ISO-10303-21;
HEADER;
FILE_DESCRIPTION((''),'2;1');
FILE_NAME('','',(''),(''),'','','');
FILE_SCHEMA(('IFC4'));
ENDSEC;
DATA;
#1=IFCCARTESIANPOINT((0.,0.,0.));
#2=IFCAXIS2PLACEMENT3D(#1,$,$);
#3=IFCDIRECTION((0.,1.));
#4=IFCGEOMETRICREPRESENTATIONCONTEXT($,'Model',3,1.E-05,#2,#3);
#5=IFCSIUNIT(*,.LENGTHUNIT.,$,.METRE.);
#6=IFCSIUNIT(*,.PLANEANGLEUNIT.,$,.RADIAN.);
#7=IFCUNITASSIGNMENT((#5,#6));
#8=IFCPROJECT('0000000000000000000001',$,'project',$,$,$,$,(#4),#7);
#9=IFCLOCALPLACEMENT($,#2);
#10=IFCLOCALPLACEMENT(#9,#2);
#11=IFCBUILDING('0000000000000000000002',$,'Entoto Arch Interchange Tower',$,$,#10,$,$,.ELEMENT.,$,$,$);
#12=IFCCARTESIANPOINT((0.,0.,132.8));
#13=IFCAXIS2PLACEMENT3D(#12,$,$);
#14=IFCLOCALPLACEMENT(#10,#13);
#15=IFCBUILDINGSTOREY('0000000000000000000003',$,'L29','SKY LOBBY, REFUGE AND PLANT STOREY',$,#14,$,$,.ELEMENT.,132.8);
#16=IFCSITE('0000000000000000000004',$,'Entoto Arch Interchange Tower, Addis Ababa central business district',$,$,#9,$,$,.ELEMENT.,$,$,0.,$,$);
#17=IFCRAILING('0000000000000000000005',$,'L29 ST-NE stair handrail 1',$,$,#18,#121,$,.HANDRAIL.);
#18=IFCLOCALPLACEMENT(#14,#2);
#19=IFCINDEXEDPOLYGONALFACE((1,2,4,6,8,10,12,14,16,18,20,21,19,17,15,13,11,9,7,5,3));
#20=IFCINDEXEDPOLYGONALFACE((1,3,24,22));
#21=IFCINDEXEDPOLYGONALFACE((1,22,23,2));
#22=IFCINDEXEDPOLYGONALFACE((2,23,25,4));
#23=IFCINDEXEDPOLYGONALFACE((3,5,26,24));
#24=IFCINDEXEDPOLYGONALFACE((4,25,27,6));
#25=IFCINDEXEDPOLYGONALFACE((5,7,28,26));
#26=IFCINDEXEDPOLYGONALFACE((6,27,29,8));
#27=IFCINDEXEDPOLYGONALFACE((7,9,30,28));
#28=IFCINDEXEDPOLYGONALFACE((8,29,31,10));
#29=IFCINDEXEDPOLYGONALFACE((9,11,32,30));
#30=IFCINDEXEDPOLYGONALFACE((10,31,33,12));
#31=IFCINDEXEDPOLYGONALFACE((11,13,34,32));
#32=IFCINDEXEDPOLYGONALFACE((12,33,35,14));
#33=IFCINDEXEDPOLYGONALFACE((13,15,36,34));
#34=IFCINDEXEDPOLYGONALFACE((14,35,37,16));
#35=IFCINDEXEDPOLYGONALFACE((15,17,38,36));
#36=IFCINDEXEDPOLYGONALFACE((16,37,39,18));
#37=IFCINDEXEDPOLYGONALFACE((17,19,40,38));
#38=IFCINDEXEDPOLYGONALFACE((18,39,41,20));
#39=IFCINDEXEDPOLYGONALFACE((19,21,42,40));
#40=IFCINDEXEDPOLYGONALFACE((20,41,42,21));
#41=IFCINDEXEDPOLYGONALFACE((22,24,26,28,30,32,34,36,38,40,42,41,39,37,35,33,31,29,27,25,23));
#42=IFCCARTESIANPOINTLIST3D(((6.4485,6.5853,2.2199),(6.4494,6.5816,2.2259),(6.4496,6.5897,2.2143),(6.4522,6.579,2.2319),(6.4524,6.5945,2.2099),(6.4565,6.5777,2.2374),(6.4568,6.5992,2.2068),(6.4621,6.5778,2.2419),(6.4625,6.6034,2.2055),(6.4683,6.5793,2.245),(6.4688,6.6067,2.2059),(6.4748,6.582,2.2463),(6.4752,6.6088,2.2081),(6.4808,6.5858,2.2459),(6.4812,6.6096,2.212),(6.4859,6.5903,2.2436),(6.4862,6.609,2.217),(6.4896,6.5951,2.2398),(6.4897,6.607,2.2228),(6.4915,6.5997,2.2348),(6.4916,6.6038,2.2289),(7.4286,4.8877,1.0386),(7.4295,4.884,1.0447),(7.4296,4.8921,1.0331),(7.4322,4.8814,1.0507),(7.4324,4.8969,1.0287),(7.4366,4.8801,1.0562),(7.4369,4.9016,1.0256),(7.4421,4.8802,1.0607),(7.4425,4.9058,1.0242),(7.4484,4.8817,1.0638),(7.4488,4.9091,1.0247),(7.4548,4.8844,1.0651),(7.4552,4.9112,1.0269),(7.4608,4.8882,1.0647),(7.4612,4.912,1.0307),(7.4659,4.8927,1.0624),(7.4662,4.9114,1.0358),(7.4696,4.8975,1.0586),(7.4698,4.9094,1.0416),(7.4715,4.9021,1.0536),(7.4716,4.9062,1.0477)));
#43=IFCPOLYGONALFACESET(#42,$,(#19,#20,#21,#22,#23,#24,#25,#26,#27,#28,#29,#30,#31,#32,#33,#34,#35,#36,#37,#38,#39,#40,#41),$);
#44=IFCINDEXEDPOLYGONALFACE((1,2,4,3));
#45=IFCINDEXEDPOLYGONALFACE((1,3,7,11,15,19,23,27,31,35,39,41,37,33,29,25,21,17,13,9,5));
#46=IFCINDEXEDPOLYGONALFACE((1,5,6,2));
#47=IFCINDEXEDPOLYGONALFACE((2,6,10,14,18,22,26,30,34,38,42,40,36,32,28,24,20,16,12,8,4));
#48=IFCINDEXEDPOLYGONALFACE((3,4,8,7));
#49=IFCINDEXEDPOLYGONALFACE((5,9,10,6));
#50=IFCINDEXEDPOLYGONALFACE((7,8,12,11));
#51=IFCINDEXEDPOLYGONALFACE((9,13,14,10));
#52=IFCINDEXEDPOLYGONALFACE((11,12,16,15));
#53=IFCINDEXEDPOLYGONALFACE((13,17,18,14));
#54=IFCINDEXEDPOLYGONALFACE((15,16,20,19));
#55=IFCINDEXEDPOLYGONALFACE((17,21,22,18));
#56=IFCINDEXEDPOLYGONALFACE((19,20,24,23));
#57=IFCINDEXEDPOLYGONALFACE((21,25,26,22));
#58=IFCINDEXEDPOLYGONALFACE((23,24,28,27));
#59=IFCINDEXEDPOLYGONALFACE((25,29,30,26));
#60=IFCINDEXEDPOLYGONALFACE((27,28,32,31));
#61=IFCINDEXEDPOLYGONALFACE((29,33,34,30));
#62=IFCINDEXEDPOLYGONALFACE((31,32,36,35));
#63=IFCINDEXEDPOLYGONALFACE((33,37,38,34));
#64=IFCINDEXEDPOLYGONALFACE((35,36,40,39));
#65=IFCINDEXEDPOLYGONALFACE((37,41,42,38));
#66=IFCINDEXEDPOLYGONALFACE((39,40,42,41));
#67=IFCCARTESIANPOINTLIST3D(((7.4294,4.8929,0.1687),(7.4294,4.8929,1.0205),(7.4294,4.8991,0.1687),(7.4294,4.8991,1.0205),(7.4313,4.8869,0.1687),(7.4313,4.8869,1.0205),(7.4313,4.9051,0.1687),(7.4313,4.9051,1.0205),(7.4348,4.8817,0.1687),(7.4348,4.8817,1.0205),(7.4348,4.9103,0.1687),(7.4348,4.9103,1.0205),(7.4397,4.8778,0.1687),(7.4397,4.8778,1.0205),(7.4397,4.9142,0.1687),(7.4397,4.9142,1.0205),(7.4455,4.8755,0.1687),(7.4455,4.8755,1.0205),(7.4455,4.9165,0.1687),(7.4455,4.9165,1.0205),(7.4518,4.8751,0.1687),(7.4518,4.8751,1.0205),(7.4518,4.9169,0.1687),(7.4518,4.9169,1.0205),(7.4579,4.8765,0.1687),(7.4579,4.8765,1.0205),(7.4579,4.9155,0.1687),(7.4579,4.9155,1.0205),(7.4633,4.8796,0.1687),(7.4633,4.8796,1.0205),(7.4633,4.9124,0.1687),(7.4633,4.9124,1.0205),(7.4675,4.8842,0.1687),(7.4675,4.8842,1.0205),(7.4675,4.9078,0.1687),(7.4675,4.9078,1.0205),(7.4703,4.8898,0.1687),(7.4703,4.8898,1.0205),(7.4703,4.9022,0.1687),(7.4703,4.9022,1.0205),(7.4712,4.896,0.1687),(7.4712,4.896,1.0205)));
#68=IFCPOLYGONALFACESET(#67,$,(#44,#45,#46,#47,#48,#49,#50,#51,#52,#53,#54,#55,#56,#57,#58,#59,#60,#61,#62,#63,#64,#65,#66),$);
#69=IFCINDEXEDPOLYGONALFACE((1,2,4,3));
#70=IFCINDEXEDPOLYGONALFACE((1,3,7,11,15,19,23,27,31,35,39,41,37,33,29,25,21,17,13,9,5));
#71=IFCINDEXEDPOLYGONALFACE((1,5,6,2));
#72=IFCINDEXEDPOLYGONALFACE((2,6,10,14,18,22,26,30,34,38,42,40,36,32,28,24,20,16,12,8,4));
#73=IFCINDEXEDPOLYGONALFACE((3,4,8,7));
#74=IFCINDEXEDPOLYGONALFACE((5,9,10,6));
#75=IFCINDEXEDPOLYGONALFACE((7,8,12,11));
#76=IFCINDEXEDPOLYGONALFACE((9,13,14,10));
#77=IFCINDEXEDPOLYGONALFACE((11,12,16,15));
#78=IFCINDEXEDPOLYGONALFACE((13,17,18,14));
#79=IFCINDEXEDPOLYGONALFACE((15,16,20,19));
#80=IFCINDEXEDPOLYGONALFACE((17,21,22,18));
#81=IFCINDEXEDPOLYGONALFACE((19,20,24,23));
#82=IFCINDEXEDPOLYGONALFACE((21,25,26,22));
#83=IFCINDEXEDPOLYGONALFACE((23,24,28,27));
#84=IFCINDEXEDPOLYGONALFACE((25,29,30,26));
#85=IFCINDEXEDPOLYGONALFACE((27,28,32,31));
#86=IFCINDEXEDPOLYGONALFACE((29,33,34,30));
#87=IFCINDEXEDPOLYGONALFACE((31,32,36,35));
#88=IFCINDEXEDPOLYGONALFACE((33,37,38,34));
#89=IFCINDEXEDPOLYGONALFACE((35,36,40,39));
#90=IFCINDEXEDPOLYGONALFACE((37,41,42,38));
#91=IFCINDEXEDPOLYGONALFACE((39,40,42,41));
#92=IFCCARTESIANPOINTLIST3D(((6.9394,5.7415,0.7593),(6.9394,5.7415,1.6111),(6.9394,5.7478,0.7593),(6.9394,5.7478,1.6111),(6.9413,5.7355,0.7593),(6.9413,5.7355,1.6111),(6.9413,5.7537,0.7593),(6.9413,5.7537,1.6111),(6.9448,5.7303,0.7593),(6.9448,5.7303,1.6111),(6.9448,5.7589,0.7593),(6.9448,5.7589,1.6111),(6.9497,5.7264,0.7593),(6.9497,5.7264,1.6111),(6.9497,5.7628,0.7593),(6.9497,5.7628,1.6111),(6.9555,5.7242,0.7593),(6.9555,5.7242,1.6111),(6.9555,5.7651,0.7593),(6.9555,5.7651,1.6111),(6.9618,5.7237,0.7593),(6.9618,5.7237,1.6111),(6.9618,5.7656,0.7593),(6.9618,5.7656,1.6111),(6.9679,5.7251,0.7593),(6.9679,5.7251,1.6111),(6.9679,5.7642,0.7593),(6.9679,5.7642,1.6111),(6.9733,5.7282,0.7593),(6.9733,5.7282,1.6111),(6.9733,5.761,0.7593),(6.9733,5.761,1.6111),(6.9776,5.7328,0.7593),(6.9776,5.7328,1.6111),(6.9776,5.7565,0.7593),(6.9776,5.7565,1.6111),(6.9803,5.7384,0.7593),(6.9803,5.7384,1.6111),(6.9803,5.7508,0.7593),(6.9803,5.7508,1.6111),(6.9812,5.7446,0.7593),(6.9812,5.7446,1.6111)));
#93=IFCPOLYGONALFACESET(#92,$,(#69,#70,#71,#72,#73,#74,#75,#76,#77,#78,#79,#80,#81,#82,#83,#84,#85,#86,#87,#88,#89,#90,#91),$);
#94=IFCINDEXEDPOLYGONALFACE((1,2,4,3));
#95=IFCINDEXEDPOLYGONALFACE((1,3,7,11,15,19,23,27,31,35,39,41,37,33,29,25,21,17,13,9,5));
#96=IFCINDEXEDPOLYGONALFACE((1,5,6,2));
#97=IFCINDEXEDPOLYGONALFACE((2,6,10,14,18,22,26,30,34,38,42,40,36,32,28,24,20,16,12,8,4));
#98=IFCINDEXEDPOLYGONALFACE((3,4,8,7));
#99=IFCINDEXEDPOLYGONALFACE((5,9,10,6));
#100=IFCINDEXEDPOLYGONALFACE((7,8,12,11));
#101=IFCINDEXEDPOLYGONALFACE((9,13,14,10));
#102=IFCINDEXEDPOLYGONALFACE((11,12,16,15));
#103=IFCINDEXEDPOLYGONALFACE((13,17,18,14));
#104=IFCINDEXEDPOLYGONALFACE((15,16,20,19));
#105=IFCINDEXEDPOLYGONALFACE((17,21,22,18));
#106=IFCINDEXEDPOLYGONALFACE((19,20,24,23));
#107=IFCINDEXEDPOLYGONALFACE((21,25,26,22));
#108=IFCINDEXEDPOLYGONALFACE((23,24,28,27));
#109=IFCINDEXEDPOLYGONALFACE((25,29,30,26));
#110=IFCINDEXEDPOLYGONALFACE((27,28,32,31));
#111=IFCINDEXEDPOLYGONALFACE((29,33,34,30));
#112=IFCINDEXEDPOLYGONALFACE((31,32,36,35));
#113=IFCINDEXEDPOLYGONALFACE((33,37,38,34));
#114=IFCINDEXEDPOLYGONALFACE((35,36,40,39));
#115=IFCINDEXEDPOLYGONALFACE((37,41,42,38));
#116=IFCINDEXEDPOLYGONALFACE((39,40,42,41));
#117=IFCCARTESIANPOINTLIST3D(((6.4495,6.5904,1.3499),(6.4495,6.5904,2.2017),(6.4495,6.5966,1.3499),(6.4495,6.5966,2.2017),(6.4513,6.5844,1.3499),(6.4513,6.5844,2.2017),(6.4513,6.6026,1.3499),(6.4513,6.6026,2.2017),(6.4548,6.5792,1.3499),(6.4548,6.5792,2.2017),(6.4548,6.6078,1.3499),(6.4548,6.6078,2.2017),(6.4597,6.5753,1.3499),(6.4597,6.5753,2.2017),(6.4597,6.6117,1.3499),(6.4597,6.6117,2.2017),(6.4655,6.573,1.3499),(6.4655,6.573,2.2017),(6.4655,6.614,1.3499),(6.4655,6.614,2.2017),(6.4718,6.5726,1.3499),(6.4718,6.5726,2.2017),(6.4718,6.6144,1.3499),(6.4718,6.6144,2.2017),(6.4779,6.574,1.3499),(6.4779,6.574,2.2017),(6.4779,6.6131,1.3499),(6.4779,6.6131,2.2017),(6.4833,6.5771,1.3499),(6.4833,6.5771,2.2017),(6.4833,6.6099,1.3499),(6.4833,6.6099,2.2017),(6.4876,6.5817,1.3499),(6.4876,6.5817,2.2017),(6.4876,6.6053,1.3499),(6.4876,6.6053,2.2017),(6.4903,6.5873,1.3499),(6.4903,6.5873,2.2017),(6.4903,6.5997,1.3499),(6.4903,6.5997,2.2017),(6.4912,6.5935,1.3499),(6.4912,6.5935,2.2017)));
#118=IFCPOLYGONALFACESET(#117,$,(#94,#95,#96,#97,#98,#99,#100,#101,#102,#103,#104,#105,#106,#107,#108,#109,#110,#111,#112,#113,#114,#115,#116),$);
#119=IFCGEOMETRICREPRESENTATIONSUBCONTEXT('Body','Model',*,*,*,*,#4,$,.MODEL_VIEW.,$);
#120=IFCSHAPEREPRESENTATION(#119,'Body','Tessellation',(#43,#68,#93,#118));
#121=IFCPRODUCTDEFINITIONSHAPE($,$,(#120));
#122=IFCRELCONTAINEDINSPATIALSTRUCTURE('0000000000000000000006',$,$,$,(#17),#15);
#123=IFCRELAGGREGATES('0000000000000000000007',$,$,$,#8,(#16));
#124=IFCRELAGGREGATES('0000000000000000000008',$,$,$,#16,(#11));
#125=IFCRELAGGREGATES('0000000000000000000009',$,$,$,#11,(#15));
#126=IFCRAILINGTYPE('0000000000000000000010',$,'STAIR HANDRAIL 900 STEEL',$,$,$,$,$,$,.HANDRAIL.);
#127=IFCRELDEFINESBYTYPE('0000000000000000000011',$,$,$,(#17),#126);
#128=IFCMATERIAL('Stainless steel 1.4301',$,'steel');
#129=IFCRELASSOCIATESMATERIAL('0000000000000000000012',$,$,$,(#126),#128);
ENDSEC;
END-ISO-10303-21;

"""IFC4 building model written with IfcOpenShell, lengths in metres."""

from ifc_helpers import new_model, si_unit, direction, frame, origin, origin_2d, place, context, subcontext, project, spatial, circle, extrude, material, type_object, element, save


model = new_model("IFC4")

# Units and contexts
model_context = context("Model", 3, precision=1e-05, world=origin(), true_north=direction((0.0, 1.0)))
body_context = subcontext(model_context, "Body", "Model", "MODEL_VIEW")
ifc_project = project(units=[si_unit("LENGTHUNIT", "METRE"), si_unit("PLANEANGLEUNIT", "RADIAN")], contexts=[model_context])

# Site, building, storey
site_placement = place(None, origin())
site = spatial("IfcSite", under=ifc_project, at=site_placement, Name="Entoto Arch Interchange Tower, Addis Ababa central business district", CompositionType="ELEMENT", RefElevation=0.0)
building_placement = place(site_placement, origin())
building = spatial("IfcBuilding", under=site, at=building_placement, Name="Entoto Arch Interchange Tower", CompositionType="ELEMENT")
storey_placement = place(building_placement, frame((0.0, 0.0, 132.8)))
storey = spatial("IfcBuildingStorey", under=building, at=storey_placement, Name="L29", Description="SKY LOBBY, REFUGE AND PLANT STOREY", CompositionType="ELEMENT", Elevation=132.8)

# Railing
ifc_material_1 = material(Name="Stainless steel 1.4301", Category="steel")
railing_type_1 = type_object("IfcRailingType", Name="STAIR HANDRAIL 900 STEEL", PredefinedType="HANDRAIL", material=ifc_material_1)
railing_1_placement = place(storey_placement, frame((7.4502, 4.896, 0.1687)))
element("IfcRailing", 1, at=railing_1_placement, inside=storey, type_object=railing_type_1, Name="L29 ST-NE stair handrail 1", PredefinedType="HANDRAIL", context=body_context, shape_type="SweptSolid", body=[
    extrude(circle(Radius=0.0239, at=origin_2d()), frame((0.0, 0.0, 0.876), z_axis=(-0.428228, 0.741771, 0.516135), x_axis=(-0.866042, -0.49997, 0.0)), (0.0, 0.0, 1.0), 2.2886),
    extrude(circle(Radius=0.021, at=origin_2d()), origin(), (0.0, 0.0, 1.0), 0.8518),
    extrude(circle(Radius=0.021, at=origin_2d()), frame((-0.49, 0.8486, 0.5906)), (0.0, 0.0, 1.0), 0.8518),
    extrude(circle(Radius=0.021, at=origin_2d()), frame((-0.98, 1.6975, 1.1812)), (0.0, 0.0, 1.0), 0.8518),
])

save(model, "model.ifc")
